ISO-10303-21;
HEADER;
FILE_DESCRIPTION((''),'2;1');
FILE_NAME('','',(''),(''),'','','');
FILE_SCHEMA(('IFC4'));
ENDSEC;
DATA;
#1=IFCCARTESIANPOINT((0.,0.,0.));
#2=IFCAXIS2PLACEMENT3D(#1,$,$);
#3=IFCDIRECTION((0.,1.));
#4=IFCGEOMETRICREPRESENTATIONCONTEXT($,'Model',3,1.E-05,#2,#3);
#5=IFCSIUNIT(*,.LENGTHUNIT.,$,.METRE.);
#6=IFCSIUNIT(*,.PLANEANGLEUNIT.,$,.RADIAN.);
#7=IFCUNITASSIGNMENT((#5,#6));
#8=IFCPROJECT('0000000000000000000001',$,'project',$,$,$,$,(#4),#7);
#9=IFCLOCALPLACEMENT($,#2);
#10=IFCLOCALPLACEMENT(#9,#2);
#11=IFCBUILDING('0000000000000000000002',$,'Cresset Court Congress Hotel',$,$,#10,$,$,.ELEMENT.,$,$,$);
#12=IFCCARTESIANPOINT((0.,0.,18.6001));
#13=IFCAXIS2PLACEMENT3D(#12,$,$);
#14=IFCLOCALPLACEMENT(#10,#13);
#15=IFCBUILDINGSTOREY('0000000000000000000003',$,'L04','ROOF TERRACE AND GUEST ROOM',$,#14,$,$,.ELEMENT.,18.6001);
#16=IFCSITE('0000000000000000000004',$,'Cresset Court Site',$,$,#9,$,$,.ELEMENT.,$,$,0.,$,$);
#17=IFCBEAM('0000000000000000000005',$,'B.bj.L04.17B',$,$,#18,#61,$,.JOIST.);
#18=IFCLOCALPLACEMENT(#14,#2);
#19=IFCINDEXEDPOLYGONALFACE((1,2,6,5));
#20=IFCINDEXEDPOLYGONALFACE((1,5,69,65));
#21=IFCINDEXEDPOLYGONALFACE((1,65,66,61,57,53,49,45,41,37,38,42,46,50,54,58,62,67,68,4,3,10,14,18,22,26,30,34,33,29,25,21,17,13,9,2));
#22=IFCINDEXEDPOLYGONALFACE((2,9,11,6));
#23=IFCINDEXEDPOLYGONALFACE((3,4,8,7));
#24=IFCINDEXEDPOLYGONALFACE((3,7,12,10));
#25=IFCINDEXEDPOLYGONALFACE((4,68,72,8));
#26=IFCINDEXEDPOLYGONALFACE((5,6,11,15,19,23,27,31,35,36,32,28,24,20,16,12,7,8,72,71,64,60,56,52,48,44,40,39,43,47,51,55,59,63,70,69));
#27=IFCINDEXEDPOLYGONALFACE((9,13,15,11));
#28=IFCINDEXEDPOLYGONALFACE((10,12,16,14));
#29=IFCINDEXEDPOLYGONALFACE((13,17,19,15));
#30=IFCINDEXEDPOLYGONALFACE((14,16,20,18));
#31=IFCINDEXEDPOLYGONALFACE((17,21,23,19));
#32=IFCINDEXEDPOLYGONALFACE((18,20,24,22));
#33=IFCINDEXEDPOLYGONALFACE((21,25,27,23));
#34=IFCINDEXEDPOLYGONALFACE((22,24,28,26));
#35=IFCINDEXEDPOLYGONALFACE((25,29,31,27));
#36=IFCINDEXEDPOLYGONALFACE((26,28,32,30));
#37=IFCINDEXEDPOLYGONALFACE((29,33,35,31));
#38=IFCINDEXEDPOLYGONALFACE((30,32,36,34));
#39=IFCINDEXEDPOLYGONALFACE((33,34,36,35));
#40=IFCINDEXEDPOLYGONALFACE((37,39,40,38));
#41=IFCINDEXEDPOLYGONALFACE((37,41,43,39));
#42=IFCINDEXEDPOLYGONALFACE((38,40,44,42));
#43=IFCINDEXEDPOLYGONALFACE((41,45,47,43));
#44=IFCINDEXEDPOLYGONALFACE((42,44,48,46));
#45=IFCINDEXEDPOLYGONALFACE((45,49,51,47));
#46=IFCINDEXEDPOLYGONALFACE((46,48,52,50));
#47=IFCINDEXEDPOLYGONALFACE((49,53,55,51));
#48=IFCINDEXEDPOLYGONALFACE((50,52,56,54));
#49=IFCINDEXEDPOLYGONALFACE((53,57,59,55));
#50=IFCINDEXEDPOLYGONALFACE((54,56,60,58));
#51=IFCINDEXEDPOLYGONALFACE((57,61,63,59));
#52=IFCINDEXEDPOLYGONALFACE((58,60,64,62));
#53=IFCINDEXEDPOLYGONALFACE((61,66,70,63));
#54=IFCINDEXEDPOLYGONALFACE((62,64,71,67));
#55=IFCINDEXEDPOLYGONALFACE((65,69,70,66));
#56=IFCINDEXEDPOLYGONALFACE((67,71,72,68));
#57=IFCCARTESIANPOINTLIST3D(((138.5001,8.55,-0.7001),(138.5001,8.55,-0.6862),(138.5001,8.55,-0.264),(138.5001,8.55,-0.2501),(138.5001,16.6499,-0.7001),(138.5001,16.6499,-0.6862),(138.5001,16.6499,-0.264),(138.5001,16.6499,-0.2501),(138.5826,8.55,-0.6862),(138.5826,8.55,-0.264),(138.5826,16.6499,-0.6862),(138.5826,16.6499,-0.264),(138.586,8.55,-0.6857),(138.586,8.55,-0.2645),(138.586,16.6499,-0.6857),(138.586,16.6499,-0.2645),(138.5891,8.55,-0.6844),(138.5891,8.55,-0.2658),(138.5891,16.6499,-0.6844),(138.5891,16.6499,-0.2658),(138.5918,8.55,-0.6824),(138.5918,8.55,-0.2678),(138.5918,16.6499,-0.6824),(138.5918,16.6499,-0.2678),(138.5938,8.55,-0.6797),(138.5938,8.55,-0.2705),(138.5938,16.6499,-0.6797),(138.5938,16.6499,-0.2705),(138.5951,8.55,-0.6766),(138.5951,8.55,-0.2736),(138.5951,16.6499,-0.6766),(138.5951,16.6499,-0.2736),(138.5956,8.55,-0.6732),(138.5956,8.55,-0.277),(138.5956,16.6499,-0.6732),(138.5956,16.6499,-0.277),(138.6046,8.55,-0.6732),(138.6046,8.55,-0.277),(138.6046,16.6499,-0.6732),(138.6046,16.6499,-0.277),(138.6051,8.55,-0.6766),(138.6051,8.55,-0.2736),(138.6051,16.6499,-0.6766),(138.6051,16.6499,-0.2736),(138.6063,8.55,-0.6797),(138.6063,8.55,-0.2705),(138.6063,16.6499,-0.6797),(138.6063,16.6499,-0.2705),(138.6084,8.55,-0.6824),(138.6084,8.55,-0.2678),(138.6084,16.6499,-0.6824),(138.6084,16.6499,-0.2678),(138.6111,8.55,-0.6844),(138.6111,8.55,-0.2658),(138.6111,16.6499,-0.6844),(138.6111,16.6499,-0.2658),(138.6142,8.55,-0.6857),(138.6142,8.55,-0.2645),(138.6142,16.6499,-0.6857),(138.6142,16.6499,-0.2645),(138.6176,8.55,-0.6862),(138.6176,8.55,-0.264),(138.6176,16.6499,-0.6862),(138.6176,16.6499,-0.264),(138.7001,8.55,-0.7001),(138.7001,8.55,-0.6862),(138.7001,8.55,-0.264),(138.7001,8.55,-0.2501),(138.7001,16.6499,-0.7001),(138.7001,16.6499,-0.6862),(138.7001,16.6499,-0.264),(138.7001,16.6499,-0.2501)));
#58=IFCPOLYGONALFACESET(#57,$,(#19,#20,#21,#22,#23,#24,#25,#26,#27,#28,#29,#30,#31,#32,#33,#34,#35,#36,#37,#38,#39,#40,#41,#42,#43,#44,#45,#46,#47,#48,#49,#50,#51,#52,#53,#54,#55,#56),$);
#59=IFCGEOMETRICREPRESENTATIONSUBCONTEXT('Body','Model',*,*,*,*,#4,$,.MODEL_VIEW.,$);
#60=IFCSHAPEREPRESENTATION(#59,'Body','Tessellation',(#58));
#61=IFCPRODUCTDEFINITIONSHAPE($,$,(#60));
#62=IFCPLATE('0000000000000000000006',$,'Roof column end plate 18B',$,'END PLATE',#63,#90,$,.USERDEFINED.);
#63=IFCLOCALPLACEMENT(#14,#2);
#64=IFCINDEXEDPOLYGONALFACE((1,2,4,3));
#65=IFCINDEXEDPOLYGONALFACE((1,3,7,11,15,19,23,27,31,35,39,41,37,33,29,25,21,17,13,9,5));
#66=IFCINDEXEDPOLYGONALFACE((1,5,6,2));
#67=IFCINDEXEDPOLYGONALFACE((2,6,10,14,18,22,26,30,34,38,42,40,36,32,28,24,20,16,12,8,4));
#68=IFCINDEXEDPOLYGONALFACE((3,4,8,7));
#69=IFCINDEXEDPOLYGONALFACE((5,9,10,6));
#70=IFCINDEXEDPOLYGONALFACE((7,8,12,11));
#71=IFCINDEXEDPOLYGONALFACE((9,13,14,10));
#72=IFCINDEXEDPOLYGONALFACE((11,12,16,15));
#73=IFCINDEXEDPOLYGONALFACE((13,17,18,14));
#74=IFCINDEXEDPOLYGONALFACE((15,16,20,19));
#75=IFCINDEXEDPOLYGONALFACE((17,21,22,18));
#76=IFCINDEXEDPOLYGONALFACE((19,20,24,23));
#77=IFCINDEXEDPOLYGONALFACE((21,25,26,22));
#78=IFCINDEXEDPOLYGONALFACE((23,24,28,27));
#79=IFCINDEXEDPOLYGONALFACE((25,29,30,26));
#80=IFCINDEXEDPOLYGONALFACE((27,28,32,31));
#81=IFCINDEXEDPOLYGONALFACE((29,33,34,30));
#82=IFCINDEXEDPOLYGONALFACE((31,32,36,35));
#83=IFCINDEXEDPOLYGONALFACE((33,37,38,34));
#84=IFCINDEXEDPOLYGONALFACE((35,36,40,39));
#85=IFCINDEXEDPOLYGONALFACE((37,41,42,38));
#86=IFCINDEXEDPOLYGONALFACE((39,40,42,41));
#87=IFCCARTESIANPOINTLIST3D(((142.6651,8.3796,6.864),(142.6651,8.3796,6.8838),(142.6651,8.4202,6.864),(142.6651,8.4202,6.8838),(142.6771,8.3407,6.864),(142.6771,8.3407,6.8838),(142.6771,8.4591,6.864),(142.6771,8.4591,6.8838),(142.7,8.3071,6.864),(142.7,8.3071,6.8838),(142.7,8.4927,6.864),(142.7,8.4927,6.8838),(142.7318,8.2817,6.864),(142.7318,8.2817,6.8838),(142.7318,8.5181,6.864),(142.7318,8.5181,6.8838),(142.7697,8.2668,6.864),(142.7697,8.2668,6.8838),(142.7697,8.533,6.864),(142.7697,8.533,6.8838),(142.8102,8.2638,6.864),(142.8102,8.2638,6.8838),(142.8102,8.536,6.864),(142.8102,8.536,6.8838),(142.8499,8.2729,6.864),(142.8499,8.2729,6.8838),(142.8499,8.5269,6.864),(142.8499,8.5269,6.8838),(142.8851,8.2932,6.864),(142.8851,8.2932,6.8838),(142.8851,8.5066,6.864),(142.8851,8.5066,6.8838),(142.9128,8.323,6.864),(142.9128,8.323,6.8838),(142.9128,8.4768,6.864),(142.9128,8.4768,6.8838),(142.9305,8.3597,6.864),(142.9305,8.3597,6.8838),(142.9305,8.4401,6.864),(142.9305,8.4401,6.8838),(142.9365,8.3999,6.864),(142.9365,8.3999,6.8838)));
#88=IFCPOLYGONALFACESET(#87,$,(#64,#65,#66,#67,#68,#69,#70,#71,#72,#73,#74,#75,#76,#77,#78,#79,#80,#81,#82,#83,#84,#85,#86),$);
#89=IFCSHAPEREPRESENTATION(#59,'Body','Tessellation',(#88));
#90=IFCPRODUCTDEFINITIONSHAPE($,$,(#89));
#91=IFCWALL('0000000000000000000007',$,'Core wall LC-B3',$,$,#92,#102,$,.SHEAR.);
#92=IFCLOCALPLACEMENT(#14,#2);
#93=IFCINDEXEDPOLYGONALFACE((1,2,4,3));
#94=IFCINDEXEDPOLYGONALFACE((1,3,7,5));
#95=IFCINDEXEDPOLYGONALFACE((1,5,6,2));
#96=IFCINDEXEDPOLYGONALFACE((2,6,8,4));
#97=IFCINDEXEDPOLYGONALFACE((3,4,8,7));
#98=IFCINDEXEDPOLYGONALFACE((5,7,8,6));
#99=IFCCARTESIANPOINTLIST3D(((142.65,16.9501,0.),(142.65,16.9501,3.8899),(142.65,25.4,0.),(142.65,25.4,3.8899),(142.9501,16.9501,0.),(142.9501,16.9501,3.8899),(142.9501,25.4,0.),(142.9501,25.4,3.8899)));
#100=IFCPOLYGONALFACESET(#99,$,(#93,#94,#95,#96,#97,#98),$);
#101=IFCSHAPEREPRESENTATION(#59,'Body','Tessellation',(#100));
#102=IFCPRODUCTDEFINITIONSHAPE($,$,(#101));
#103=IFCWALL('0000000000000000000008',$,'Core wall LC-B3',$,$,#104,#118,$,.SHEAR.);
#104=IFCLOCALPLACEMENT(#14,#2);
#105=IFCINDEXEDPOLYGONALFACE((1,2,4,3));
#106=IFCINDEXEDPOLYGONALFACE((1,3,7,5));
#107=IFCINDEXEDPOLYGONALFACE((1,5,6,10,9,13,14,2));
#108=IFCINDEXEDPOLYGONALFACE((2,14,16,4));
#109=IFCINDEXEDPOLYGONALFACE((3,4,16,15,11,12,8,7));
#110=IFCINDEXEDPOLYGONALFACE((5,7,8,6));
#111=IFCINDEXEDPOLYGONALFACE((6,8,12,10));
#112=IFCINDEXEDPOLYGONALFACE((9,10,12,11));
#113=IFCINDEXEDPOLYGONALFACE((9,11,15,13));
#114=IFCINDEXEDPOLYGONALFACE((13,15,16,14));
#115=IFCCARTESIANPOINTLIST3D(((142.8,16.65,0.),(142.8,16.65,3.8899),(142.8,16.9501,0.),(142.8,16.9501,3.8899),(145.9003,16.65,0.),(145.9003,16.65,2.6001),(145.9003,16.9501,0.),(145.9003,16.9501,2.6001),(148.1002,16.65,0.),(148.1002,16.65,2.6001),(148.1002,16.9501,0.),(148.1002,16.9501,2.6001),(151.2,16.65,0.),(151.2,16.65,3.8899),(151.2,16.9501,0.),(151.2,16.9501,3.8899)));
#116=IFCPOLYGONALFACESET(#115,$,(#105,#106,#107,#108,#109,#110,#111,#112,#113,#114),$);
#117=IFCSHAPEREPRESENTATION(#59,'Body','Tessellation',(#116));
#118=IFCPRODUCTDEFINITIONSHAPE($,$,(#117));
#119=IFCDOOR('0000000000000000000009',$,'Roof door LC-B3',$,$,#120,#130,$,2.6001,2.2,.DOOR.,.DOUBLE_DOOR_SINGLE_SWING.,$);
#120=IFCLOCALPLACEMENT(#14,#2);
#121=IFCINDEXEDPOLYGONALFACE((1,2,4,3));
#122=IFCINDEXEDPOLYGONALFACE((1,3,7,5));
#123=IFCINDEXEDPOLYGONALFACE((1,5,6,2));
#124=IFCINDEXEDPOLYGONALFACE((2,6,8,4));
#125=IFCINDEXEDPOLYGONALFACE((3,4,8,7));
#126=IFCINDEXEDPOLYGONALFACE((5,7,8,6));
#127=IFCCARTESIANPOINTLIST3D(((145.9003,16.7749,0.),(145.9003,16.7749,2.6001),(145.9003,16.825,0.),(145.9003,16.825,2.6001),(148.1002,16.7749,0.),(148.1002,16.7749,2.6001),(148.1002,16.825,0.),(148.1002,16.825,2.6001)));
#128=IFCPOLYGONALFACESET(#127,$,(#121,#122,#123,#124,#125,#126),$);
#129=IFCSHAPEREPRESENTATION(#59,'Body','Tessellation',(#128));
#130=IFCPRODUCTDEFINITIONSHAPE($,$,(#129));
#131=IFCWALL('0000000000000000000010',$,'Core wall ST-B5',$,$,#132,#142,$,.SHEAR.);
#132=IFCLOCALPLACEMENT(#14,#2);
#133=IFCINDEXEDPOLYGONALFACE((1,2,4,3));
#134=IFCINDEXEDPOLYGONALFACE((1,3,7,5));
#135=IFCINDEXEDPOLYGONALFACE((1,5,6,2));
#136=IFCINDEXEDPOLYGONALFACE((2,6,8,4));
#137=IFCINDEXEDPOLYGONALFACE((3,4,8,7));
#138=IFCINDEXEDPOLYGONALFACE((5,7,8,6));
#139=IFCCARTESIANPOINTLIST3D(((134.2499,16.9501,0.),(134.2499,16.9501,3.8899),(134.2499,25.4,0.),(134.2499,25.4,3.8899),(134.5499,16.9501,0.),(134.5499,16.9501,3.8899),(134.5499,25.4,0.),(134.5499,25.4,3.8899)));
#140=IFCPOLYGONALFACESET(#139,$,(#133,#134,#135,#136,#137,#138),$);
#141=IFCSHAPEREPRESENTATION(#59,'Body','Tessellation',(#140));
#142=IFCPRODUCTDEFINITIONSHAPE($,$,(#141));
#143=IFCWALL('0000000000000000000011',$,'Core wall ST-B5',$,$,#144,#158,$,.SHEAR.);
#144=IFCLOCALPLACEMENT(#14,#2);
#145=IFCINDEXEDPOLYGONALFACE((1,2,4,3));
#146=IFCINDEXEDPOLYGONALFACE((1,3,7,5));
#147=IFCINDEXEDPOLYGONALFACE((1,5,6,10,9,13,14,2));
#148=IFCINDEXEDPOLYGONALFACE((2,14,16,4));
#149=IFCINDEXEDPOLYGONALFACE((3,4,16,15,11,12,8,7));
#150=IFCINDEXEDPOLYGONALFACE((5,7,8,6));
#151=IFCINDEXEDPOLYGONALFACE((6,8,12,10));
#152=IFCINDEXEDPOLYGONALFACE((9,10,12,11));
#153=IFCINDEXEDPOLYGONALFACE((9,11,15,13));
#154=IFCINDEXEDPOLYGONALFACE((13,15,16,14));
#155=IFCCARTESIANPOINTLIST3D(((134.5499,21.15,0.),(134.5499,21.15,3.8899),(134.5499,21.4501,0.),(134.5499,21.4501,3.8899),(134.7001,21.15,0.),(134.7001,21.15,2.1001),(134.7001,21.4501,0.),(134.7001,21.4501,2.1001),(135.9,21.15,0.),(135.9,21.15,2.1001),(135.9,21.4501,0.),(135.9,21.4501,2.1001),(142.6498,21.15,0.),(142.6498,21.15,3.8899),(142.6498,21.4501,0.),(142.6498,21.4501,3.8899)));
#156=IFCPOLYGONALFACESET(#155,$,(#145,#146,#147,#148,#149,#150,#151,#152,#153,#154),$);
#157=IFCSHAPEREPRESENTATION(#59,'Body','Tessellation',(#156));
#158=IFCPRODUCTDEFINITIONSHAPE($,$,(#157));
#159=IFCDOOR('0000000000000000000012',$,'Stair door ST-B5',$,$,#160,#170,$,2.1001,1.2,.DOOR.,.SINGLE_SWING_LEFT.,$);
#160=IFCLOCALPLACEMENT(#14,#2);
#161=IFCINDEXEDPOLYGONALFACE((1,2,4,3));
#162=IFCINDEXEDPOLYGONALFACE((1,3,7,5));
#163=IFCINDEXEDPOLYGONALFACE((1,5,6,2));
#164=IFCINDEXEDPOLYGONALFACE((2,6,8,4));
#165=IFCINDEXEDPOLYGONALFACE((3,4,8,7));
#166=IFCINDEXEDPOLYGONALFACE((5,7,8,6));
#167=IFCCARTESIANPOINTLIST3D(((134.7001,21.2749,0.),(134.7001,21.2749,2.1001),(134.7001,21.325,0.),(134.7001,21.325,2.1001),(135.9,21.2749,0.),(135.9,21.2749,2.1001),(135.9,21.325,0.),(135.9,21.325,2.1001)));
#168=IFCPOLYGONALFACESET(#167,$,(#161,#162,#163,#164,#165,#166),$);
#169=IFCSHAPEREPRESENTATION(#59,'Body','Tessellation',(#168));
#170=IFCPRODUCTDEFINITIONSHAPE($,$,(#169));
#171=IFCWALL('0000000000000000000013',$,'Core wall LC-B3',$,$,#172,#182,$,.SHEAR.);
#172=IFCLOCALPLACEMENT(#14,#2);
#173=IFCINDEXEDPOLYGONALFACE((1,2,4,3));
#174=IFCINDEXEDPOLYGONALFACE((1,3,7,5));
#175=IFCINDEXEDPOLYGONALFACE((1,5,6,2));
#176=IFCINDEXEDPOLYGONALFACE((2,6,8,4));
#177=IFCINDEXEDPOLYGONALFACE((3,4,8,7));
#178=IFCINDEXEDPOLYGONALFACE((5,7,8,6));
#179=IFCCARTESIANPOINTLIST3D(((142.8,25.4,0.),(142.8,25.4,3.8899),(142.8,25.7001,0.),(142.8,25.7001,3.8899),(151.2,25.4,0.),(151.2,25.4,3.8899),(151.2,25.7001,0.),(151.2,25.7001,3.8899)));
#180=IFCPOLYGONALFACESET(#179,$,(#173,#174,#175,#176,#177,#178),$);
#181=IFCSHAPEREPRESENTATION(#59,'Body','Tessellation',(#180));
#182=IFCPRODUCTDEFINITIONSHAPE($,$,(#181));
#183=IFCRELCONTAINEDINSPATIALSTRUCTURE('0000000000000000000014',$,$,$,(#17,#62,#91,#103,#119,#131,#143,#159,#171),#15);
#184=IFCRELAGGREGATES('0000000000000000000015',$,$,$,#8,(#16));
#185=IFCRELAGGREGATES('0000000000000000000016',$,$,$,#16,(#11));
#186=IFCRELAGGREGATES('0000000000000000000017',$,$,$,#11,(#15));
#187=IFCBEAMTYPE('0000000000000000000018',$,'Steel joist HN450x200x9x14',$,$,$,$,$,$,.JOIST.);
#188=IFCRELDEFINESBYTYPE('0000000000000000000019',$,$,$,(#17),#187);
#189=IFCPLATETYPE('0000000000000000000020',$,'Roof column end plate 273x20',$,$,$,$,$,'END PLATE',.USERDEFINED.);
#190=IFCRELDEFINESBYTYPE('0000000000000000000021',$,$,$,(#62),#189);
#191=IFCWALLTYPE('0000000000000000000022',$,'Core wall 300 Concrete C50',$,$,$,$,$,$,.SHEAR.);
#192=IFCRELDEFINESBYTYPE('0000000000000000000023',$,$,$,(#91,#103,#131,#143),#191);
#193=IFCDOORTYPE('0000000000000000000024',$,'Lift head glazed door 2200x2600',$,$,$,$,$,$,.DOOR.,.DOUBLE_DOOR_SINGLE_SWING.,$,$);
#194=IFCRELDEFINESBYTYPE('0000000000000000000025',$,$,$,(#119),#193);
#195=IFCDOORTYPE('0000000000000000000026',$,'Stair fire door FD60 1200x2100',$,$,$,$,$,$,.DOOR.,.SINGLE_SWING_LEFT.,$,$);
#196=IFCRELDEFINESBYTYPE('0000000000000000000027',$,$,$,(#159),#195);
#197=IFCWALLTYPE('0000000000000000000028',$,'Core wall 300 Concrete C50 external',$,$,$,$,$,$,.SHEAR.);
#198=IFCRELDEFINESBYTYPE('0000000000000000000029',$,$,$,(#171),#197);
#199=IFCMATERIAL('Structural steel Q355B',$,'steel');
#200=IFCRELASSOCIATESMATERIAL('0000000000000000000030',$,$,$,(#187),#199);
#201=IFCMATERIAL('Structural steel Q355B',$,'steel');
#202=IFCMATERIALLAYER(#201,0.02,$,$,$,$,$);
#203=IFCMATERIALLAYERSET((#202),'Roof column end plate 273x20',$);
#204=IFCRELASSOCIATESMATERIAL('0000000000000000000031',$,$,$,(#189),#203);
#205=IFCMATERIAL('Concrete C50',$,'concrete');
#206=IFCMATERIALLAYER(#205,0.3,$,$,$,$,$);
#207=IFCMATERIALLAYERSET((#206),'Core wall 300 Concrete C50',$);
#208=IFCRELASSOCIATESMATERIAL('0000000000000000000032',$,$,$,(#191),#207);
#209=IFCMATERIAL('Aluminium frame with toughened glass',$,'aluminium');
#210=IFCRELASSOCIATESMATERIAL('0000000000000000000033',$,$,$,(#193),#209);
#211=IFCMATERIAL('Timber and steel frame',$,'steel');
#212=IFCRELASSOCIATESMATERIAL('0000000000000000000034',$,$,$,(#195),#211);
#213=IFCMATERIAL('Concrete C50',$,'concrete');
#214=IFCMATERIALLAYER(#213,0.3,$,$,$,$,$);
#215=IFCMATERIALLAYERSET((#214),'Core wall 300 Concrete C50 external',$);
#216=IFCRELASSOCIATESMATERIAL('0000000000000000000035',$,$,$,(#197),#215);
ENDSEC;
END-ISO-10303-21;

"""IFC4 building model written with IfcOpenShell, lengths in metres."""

from ifc_helpers import new_model, si_unit, direction, frame, frame_2d, origin, origin_2d, place, context, subcontext, project, spatial, rectangle, circle, i_section, extrude, material, layer, layer_set, material_profile, profile_set, type_object, element, fill, save


model = new_model("IFC4")

# Units and contexts
model_context = context("Model", 3, precision=1e-05, world=origin(), true_north=direction((0.0, 1.0)))
body_context = subcontext(model_context, "Body", "Model", "MODEL_VIEW")
ifc_project = project(units=[si_unit("LENGTHUNIT", "METRE"), si_unit("PLANEANGLEUNIT", "RADIAN")], contexts=[model_context])

# Site, building, storey
site_placement = place(None, origin())
site = spatial("IfcSite", under=ifc_project, at=site_placement, Name="Cresset Court Site", CompositionType="ELEMENT", RefElevation=0.0)
building_placement = place(site_placement, origin())
building = spatial("IfcBuilding", under=site, at=building_placement, Name="Cresset Court Congress Hotel", CompositionType="ELEMENT")
storey_placement = place(building_placement, frame((0.0, 0.0, 18.6001)))
storey = spatial("IfcBuildingStorey", under=building, at=storey_placement, Name="L04", Description="ROOF TERRACE AND GUEST ROOM", CompositionType="ELEMENT", Elevation=18.6001)

# Beam
ifc_material_1 = material(Name="Structural steel Q355B", Category="steel")
ifc_material_profile_1 = material_profile(ifc_material_1, i_section(OverallWidth=0.2, OverallDepth=0.45, WebThickness=0.009, FlangeThickness=0.0139, FilletRadius=0.0129, at=origin_2d()), Name="HN450x200x9x14")
ifc_profile_set_1 = profile_set([ifc_material_profile_1], Name="Structural steel Q355B")
beam_type_1 = type_object("IfcBeamType", Name="Steel joist HN450x200x9x14", PredefinedType="JOIST", material=ifc_profile_set_1)
beam_1_placement = place(storey_placement, frame((138.6001, 8.55, -0.4751), z_axis=(0.0, 1.0, 0.0), x_axis=(-1.0, 0.0, 0.0)))
element("IfcBeam", 1, at=beam_1_placement, inside=storey, type_object=beam_type_1, Name="B.bj.L04.17B", PredefinedType="JOIST", context=body_context, shape_type="SweptSolid", body=[
    extrude(i_section(OverallWidth=0.2, OverallDepth=0.45, WebThickness=0.009, FlangeThickness=0.0139, FilletRadius=0.0129, at=origin_2d()), origin(), (0.0, 0.0, 1.0), 8.0999),
])

# Plate
ifc_material_2 = material(Name="Structural steel Q355B", Category="steel")
ifc_layer_1 = layer(ifc_material_2, 0.02)
ifc_layer_set_1 = layer_set([ifc_layer_1], Name="Roof column end plate 273x20")
plate_type = type_object("IfcPlateType", Name="Roof column end plate 273x20", ElementType="END PLATE", PredefinedType="USERDEFINED", material=ifc_layer_set_1)
plate_placement = place(storey_placement, frame((142.8, 8.3999, 6.864), z_axis=(0.0, 0.0, 1.0), x_axis=(1.0, 0.0, 0.0)))
element("IfcPlate", 2, at=plate_placement, inside=storey, type_object=plate_type, Name="Roof column end plate 18B", ObjectType="END PLATE", PredefinedType="USERDEFINED", context=body_context, shape_type="SweptSolid", body=[
    extrude(circle(Radius=0.1365, at=origin_2d()), origin(), (0.0, 0.0, 1.0), 0.0198),
])

# Wall
ifc_material_3 = material(Name="Concrete C50", Category="concrete")
ifc_layer_2 = layer(ifc_material_3, 0.3)
ifc_layer_set_2 = layer_set([ifc_layer_2], Name="Core wall 300 Concrete C50")
wall_type_1 = type_object("IfcWallType", Name="Core wall 300 Concrete C50", PredefinedType="SHEAR", material=ifc_layer_set_2)
wall_1_placement = place(storey_placement, frame((142.8, 16.95, 0.0), z_axis=(0.0, 0.0, 1.0), x_axis=(0.0, 1.0, 0.0)))
element("IfcWall", 3, at=wall_1_placement, inside=storey, type_object=wall_type_1, Name="Core wall LC-B3", PredefinedType="SHEAR", context=body_context, shape_type="SweptSolid", body=[
    extrude(rectangle(XDim=8.45, YDim=0.3, at=frame_2d((4.2251, 0.0))), origin(), (0.0, 0.0, 1.0), 3.8899),
])

# Wall, opening, door
wall_2_placement = place(storey_placement, frame((142.8, 16.8, 0.0), z_axis=(0.0, 0.0, 1.0), x_axis=(1.0, 0.0, 0.0)))
wall_2 = element("IfcWall", 4, at=wall_2_placement, inside=storey, type_object=wall_type_1, Name="Core wall LC-B3", PredefinedType="SHEAR", context=body_context, shape_type="SweptSolid", body=[
    extrude(rectangle(XDim=8.3999, YDim=0.3, at=frame_2d((4.2, 0.0))), origin(), (0.0, 0.0, 1.0), 3.8899),
])
opening_1_placement = place(wall_2_placement, frame((3.1001, 0.0, 0.0)))
opening_1 = element("IfcOpeningElement", 5, at=opening_1_placement, cuts=wall_2, PredefinedType="OPENING", context=body_context, shape_type="SweptSolid", body=[
    extrude(rectangle(XDim=2.2, YDim=2.6001, at=frame_2d((1.1001, 1.3))), frame((0.0, 0.1599, 0.0), z_axis=(0.0, -1.0, 0.0), x_axis=(1.0, 0.0, 0.0)), (0.0, 0.0, 1.0), 0.3201),
])
ifc_material_4 = material(Name="Aluminium frame with toughened glass", Category="aluminium")
door_type_1 = type_object("IfcDoorType", Name="Lift head glazed door 2200x2600", OperationType="DOUBLE_DOOR_SINGLE_SWING", PredefinedType="DOOR", material=ifc_material_4)
door_1_placement = place(opening_1_placement, origin())
door_1 = element("IfcDoor", 6, at=door_1_placement, inside=storey, type_object=door_type_1, Name="Roof door LC-B3", OperationType="DOUBLE_DOOR_SINGLE_SWING", OverallHeight=2.6001, OverallWidth=2.2, PredefinedType="DOOR", context=body_context, shape_type="SweptSolid", body=[
    extrude(rectangle(XDim=2.2, YDim=2.6001, at=frame_2d((1.1001, 1.3))), frame((0.0, 0.0249, 0.0), z_axis=(0.0, -1.0, 0.0), x_axis=(1.0, 0.0, 0.0)), (0.0, 0.0, 1.0), 0.05),
])
fill(opening_1, door_1)

# Wall
wall_3_placement = place(storey_placement, frame((134.3999, 16.95, 0.0), z_axis=(0.0, 0.0, 1.0), x_axis=(0.0, 1.0, 0.0)))
element("IfcWall", 7, at=wall_3_placement, inside=storey, type_object=wall_type_1, Name="Core wall ST-B5", PredefinedType="SHEAR", context=body_context, shape_type="SweptSolid", body=[
    extrude(rectangle(XDim=8.45, YDim=0.3, at=frame_2d((4.2251, 0.0))), origin(), (0.0, 0.0, 1.0), 3.8899),
])

# Wall, opening, door
wall_4_placement = place(storey_placement, frame((134.55, 21.3, 0.0), z_axis=(0.0, 0.0, 1.0), x_axis=(1.0, 0.0, 0.0)))
wall_4 = element("IfcWall", 8, at=wall_4_placement, inside=storey, type_object=wall_type_1, Name="Core wall ST-B5", PredefinedType="SHEAR", context=body_context, shape_type="SweptSolid", body=[
    extrude(rectangle(XDim=8.0999, YDim=0.3, at=frame_2d((4.0498, 0.0))), origin(), (0.0, 0.0, 1.0), 3.8899),
])
opening_2_placement = place(wall_4_placement, frame((0.1499, 0.0, 0.0)))
opening_2 = element("IfcOpeningElement", 9, at=opening_2_placement, cuts=wall_4, PredefinedType="OPENING", context=body_context, shape_type="SweptSolid", body=[
    extrude(rectangle(XDim=1.2, YDim=2.1001, at=frame_2d((0.6001, 1.05))), frame((0.0, 0.1599, 0.0), z_axis=(0.0, -1.0, 0.0), x_axis=(1.0, 0.0, 0.0)), (0.0, 0.0, 1.0), 0.3201),
])
ifc_material_5 = material(Name="Timber and steel frame", Category="steel")
door_type_2 = type_object("IfcDoorType", Name="Stair fire door FD60 1200x2100", OperationType="SINGLE_SWING_LEFT", PredefinedType="DOOR", material=ifc_material_5)
door_2_placement = place(opening_2_placement, origin())
door_2 = element("IfcDoor", 10, at=door_2_placement, inside=storey, type_object=door_type_2, Name="Stair door ST-B5", OperationType="SINGLE_SWING_LEFT", OverallHeight=2.1001, OverallWidth=1.2, PredefinedType="DOOR", context=body_context, shape_type="SweptSolid", body=[
    extrude(rectangle(XDim=1.2, YDim=2.1001, at=frame_2d((0.6001, 1.05))), frame((0.0, 0.0249, 0.0), z_axis=(0.0, -1.0, 0.0), x_axis=(1.0, 0.0, 0.0)), (0.0, 0.0, 1.0), 0.05),
])
fill(opening_2, door_2)

# Wall
ifc_material_6 = material(Name="Concrete C50", Category="concrete")
ifc_layer_3 = layer(ifc_material_6, 0.3)
ifc_layer_set_3 = layer_set([ifc_layer_3], Name="Core wall 300 Concrete C50 external")
wall_type_2 = type_object("IfcWallType", Name="Core wall 300 Concrete C50 external", PredefinedType="SHEAR", material=ifc_layer_set_3)
wall_5_placement = place(storey_placement, frame((142.8, 25.55, 0.0), z_axis=(0.0, 0.0, 1.0), x_axis=(1.0, 0.0, 0.0)))
element("IfcWall", 11, at=wall_5_placement, inside=storey, type_object=wall_type_2, Name="Core wall LC-B3", PredefinedType="SHEAR", context=body_context, shape_type="SweptSolid", body=[
    extrude(rectangle(XDim=8.3999, YDim=0.3, at=frame_2d((4.2, 0.0))), origin(), (0.0, 0.0, 1.0), 3.8899),
])

save(model, "model.ifc")
